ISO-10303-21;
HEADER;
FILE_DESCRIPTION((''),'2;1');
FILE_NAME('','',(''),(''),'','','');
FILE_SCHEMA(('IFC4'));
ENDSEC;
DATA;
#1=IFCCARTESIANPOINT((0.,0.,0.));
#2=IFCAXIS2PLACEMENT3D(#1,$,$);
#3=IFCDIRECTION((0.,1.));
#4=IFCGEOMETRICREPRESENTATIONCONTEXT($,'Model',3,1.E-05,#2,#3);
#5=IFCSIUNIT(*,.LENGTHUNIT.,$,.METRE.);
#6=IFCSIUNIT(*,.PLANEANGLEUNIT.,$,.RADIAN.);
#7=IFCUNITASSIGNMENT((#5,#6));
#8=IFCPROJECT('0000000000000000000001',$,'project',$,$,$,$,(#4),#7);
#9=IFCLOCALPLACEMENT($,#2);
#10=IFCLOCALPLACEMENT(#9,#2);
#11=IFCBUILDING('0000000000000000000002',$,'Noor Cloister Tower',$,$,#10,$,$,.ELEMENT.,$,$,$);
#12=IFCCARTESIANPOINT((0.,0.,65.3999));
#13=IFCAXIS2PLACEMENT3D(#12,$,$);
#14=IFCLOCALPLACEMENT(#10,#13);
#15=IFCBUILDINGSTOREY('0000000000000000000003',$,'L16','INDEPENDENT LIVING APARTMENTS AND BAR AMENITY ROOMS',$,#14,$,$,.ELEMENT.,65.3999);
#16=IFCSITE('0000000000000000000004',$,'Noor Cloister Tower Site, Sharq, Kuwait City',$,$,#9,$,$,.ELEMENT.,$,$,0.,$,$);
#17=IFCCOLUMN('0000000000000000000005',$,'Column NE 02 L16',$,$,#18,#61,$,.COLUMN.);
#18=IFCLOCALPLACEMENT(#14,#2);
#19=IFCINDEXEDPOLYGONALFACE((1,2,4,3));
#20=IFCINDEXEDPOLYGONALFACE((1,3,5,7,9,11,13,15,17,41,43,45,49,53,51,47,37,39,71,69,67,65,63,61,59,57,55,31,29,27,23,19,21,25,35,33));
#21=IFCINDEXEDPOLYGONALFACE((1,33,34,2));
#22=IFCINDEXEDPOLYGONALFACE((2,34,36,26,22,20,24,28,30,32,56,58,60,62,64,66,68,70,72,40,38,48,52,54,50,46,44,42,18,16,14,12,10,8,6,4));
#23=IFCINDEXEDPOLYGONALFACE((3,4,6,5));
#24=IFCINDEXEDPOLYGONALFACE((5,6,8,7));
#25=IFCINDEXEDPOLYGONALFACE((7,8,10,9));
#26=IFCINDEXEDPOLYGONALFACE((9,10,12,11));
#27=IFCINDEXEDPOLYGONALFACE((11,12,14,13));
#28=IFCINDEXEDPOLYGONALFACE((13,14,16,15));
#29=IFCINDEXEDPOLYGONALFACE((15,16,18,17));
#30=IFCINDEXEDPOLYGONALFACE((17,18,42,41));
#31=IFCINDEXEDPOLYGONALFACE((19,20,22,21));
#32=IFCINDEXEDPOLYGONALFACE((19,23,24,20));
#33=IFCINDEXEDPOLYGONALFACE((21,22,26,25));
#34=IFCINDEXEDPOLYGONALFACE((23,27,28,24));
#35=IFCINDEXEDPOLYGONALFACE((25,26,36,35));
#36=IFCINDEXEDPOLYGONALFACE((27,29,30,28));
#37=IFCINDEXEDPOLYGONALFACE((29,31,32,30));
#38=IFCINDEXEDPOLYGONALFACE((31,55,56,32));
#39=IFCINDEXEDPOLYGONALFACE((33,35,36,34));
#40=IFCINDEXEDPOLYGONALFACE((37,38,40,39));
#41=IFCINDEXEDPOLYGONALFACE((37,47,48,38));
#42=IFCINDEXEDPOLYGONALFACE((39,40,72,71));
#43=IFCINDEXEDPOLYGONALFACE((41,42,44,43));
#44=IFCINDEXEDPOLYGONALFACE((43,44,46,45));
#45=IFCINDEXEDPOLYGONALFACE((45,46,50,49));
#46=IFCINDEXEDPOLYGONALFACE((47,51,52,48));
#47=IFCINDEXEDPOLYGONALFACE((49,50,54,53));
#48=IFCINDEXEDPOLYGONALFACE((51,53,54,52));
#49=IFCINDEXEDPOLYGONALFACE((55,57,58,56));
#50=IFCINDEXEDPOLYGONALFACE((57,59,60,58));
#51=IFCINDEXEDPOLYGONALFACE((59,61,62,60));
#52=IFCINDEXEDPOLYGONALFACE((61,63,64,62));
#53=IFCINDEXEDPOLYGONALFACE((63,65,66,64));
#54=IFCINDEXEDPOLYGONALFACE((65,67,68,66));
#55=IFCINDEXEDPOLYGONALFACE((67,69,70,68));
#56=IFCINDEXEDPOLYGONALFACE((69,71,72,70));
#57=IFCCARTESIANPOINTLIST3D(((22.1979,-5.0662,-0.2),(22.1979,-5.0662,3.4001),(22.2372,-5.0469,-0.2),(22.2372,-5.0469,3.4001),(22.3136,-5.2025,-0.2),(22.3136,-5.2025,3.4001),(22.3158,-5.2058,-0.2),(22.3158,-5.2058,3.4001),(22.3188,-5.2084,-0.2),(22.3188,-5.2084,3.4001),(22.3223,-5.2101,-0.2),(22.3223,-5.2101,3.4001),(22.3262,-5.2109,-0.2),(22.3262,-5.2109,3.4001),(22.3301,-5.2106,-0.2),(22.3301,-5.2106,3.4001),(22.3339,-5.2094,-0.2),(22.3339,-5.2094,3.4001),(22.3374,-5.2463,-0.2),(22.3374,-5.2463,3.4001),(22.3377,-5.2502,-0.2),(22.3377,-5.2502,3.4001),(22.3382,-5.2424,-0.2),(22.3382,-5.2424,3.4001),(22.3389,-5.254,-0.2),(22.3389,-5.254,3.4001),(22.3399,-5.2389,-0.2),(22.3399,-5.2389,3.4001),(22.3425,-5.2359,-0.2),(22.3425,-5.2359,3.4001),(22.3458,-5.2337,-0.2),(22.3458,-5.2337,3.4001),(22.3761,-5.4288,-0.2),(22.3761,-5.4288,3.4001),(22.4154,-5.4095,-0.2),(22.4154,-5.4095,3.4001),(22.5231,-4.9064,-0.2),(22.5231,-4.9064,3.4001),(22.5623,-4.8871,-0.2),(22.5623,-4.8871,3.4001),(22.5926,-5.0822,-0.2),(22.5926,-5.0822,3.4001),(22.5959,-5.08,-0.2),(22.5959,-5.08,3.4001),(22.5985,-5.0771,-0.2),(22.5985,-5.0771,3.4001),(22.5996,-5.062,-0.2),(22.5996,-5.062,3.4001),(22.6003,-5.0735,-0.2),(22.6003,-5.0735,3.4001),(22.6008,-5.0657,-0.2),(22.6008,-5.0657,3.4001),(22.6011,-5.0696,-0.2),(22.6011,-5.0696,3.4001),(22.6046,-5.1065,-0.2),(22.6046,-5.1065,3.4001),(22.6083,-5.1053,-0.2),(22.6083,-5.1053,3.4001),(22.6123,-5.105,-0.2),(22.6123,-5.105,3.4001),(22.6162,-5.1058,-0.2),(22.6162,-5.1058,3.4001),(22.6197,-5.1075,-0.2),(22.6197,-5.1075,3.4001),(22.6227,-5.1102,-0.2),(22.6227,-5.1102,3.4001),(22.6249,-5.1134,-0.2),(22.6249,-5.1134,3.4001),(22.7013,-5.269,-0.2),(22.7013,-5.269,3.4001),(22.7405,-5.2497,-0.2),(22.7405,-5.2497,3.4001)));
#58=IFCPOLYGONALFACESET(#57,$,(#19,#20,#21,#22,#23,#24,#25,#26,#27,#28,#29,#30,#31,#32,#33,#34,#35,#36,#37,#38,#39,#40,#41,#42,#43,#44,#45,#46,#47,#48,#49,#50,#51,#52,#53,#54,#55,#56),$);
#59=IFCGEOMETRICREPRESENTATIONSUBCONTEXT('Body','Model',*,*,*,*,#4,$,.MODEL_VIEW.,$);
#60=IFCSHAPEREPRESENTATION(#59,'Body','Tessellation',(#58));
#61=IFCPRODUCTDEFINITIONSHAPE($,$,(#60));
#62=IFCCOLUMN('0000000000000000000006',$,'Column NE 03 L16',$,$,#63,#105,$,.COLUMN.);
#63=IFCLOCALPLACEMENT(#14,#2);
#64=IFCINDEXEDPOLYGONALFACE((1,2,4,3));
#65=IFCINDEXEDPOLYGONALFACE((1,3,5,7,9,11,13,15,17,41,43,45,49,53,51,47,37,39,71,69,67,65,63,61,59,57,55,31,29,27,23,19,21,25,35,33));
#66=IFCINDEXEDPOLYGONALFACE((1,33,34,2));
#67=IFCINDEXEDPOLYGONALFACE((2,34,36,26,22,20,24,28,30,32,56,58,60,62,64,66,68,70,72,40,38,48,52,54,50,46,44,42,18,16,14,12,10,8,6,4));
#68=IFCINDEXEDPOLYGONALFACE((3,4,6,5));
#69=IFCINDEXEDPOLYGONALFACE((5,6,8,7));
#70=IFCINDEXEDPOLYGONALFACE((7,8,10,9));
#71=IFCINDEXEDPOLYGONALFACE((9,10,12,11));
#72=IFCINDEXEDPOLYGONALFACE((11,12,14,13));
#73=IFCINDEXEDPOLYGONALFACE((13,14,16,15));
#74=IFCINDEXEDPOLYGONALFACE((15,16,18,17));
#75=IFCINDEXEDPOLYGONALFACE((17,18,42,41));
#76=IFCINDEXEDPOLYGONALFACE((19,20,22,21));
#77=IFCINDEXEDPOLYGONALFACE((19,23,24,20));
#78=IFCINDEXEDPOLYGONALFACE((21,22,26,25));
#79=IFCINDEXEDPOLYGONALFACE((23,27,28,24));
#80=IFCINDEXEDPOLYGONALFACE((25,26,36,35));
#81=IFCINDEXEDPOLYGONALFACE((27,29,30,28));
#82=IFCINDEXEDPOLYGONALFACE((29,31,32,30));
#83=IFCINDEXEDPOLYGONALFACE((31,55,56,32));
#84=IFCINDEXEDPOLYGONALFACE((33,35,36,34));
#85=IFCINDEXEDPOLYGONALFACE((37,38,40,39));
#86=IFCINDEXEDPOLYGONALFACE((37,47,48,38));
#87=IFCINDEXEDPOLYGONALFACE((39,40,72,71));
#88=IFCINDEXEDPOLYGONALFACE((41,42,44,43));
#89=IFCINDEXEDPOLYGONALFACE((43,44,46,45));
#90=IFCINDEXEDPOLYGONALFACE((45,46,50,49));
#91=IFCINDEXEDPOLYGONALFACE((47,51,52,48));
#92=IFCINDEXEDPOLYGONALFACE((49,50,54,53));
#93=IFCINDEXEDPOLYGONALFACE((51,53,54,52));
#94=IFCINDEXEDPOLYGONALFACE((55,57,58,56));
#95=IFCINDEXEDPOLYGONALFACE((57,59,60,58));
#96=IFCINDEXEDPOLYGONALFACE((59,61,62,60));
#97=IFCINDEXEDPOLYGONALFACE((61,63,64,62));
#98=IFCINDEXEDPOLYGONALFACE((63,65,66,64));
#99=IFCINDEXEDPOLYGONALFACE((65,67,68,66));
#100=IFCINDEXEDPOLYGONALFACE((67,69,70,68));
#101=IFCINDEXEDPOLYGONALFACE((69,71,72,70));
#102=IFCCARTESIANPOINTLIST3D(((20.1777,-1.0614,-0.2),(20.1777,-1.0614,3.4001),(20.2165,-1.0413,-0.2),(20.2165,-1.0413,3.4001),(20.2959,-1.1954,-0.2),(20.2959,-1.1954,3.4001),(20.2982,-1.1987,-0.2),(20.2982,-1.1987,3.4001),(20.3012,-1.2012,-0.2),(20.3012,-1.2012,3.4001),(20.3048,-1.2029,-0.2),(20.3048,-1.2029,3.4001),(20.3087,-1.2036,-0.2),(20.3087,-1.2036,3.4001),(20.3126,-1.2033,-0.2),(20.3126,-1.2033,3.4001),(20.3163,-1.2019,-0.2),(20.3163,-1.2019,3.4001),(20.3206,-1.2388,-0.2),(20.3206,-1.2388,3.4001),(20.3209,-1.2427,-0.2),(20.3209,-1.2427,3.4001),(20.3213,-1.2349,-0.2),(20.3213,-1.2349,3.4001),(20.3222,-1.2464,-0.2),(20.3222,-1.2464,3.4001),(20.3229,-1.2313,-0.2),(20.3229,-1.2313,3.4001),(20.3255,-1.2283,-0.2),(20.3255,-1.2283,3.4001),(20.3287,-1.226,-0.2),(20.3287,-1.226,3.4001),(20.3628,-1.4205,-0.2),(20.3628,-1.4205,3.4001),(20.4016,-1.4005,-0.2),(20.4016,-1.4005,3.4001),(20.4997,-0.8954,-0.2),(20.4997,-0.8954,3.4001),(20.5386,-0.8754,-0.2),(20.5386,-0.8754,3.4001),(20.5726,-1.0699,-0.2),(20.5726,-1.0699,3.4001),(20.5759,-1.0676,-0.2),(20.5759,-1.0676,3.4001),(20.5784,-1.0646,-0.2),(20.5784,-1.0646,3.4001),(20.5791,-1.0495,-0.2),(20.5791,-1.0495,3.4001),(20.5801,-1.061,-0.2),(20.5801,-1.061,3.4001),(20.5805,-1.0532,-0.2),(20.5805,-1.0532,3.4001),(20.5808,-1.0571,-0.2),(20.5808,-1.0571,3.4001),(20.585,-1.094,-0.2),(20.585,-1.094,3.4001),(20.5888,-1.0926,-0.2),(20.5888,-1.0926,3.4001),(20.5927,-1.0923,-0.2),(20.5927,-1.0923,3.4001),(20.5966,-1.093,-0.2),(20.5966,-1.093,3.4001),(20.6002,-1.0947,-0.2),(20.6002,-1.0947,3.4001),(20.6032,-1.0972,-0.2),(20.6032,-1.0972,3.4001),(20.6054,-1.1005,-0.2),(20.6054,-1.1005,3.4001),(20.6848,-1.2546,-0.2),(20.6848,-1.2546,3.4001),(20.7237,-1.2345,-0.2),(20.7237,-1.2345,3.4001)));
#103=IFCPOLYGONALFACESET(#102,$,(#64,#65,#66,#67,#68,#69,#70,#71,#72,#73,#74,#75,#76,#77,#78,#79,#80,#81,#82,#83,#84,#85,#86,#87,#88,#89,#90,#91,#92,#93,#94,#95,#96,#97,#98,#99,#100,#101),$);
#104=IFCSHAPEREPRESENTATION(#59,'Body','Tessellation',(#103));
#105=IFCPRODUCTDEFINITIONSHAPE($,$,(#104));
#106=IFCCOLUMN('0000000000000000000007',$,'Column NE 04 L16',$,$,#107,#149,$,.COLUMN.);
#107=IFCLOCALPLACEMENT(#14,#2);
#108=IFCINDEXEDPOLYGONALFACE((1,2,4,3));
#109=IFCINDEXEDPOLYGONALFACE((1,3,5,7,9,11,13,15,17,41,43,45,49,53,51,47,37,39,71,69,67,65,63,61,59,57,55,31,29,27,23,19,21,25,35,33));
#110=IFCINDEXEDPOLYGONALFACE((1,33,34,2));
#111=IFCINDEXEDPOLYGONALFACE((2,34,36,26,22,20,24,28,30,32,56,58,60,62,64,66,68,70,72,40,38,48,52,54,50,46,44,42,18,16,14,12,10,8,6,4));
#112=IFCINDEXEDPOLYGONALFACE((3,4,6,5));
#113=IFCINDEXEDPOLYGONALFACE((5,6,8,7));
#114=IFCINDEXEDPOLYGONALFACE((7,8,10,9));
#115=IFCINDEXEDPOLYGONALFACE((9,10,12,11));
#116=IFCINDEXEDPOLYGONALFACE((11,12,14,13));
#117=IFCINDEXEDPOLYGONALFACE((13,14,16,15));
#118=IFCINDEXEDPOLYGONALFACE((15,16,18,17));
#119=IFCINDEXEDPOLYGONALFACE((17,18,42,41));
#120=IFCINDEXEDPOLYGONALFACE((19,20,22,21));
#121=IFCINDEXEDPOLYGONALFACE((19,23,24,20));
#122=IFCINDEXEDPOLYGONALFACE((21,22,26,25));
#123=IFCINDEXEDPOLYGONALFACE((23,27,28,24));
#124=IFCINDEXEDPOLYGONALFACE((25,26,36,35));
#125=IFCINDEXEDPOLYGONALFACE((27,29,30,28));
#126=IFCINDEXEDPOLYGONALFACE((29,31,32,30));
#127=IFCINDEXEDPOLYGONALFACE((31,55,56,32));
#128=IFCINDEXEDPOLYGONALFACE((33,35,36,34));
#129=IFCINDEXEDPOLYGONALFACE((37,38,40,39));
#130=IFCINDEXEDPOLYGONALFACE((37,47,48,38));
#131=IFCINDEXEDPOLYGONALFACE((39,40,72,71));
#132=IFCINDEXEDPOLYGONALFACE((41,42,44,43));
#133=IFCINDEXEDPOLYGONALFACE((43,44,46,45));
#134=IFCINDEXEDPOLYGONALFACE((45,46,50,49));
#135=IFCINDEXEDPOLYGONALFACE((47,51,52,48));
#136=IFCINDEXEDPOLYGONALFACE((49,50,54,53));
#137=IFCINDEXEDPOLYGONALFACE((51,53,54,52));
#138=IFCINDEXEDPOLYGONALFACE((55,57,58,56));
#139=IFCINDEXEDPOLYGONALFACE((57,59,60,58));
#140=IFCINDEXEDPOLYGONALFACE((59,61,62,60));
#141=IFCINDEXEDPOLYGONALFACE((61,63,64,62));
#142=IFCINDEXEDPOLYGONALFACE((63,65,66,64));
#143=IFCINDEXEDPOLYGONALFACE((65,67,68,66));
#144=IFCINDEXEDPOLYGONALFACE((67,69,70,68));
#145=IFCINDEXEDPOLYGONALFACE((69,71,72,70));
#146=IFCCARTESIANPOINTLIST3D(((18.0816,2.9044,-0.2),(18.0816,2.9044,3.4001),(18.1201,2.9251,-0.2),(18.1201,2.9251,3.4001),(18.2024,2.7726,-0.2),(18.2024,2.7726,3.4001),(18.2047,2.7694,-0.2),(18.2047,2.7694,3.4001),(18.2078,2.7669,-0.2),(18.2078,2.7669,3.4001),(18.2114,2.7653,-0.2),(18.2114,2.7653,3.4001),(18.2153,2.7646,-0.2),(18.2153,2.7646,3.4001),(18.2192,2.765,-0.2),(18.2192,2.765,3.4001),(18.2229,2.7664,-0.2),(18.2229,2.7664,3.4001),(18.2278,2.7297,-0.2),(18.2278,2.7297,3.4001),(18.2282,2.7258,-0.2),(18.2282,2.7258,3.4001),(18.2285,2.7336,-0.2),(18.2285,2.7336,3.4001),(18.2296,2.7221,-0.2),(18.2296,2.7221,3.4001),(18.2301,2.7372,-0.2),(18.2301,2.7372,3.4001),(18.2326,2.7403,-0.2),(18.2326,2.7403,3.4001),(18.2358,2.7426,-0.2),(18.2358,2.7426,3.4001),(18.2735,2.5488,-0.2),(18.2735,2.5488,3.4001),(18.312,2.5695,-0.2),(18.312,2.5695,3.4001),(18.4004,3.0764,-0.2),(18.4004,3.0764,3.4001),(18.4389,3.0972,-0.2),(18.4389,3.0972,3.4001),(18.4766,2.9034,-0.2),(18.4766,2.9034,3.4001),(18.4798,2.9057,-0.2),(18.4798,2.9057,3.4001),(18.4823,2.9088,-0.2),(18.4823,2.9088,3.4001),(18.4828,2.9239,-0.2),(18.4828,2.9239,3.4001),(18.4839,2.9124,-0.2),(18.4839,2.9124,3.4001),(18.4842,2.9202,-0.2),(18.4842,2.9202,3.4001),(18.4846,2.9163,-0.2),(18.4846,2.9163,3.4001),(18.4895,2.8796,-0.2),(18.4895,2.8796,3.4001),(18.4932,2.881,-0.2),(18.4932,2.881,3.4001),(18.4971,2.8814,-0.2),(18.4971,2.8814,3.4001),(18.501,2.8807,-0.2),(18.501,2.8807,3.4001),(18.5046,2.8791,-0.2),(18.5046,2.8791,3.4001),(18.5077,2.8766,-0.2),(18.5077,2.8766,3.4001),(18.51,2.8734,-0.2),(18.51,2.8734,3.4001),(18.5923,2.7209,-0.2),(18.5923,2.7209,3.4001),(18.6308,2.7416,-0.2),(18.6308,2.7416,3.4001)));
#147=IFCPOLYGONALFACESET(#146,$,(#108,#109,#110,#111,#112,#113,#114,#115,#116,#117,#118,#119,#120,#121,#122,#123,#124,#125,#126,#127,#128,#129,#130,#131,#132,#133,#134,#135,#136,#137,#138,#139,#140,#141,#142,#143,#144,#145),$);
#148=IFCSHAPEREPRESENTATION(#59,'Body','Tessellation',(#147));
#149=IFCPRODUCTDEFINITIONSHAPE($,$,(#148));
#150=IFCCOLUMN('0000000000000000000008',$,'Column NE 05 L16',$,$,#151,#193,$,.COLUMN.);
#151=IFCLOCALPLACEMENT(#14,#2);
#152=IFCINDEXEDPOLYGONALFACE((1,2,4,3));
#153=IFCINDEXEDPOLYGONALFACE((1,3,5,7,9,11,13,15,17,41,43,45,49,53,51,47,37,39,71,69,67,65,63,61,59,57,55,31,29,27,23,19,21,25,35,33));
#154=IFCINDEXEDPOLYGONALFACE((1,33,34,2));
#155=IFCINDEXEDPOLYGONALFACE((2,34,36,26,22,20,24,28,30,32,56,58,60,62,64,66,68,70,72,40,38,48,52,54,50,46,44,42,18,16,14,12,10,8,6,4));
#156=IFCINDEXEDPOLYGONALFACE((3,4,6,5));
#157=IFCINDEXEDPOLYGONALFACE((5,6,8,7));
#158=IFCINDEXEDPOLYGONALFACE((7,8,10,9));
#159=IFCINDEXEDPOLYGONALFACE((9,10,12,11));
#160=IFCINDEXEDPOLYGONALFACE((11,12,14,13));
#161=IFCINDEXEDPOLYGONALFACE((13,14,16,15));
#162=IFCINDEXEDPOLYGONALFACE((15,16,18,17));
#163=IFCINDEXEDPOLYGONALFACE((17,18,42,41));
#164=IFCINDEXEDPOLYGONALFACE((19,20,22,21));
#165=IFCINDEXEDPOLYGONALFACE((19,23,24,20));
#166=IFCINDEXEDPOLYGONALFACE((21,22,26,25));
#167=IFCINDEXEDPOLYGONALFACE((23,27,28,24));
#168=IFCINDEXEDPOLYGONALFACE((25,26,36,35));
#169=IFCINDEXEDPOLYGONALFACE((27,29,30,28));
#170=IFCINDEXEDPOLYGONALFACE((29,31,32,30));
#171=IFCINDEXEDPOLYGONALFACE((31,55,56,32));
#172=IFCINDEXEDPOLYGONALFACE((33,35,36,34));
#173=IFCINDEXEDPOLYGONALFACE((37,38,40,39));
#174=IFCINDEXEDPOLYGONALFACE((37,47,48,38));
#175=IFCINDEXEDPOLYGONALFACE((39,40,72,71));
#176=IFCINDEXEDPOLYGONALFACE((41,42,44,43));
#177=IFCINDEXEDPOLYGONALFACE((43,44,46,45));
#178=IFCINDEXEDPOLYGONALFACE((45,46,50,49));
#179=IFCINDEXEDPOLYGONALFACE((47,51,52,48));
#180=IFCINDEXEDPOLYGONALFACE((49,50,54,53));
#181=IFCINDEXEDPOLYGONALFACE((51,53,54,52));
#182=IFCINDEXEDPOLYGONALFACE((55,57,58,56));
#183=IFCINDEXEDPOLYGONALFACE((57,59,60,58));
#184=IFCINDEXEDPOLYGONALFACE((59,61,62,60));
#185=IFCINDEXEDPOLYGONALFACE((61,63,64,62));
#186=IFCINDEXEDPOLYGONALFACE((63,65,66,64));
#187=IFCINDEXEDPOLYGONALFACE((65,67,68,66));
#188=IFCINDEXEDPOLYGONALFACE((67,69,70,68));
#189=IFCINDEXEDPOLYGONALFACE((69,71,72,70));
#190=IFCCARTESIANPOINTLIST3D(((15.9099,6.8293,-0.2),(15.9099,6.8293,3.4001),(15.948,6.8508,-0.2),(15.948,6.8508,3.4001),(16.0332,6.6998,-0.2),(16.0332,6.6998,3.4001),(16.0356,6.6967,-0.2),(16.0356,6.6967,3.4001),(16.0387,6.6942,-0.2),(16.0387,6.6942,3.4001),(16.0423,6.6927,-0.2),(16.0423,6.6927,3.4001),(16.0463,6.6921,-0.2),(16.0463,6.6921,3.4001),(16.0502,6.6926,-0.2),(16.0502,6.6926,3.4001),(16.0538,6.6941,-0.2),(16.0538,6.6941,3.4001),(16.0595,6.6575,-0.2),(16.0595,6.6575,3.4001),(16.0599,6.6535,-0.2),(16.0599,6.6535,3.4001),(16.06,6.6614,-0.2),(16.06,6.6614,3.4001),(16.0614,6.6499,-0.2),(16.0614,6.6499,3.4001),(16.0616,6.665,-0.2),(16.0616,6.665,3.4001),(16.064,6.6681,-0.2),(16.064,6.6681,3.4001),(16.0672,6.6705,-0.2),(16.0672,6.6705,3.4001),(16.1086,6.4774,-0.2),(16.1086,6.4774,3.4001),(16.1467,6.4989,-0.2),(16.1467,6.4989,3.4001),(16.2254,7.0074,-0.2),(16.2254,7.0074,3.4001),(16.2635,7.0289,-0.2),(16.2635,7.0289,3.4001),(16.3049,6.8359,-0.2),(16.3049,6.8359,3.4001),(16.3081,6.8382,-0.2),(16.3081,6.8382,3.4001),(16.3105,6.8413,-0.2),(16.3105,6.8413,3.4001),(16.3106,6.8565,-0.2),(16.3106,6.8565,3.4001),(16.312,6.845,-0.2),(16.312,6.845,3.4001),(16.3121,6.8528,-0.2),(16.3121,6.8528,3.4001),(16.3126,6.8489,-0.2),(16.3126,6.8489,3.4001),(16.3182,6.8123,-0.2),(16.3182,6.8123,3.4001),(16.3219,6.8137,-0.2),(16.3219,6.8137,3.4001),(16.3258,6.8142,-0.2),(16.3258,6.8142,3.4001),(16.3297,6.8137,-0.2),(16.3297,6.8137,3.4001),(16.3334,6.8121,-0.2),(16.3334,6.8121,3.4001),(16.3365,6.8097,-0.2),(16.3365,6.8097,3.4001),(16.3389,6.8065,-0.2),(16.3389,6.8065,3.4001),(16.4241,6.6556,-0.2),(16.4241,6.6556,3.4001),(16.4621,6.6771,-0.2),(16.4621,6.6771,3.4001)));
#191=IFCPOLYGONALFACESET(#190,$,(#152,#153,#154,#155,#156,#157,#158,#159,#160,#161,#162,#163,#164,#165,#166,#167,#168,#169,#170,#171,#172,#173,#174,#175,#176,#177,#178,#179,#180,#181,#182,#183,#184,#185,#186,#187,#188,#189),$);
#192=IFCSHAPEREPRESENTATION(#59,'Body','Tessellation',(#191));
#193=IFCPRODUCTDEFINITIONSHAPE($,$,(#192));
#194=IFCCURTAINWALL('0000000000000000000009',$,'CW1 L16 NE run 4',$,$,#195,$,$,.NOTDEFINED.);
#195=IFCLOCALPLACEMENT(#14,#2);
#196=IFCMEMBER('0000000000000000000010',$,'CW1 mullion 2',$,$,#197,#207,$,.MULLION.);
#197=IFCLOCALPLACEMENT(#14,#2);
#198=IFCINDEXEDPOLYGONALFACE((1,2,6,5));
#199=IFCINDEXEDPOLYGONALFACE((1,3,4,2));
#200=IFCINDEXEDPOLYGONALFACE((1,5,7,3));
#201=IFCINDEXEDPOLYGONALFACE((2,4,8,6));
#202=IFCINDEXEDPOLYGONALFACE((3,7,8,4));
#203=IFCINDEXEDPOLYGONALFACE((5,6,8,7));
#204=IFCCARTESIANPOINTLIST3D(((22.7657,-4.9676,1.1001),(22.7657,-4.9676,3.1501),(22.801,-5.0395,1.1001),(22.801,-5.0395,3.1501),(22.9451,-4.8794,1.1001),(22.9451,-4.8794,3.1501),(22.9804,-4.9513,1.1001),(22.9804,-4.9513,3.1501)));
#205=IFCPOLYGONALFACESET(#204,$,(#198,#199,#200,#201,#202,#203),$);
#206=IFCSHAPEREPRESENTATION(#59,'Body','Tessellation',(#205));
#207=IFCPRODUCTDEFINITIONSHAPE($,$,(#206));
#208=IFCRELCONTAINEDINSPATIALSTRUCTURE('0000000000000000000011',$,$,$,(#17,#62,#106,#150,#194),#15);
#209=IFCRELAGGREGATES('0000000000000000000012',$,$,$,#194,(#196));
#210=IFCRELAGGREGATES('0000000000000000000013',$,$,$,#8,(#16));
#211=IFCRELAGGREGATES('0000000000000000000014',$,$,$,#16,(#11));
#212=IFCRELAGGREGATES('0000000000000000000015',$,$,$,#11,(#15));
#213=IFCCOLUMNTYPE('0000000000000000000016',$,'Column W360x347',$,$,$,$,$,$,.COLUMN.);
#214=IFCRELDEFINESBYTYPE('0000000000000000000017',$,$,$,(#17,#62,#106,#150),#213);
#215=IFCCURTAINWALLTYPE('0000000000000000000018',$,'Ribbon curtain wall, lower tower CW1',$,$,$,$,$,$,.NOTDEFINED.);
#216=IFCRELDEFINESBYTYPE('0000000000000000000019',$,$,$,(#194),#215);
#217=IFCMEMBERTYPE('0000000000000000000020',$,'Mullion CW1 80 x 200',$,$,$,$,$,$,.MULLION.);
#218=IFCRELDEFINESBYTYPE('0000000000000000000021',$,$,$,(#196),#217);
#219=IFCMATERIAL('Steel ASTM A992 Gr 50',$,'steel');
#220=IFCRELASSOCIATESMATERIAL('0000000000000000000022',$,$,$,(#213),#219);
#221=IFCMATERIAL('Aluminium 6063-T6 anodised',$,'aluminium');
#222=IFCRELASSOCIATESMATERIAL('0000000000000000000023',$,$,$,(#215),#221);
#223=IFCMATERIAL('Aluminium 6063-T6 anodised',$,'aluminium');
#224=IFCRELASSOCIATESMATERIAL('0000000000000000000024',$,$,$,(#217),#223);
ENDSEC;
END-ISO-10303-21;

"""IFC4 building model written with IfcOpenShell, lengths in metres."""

from ifc_helpers import new_model, si_unit, direction, frame, origin, origin_2d, place, context, subcontext, project, spatial, rectangle, i_section, extrude, material, material_profile, profile_set, type_object, element, aggregate, save


model = new_model("IFC4")

# Units and contexts
model_context = context("Model", 3, precision=1e-05, world=origin(), true_north=direction((0.0, 1.0)))
body_context = subcontext(model_context, "Body", "Model", "MODEL_VIEW")
ifc_project = project(units=[si_unit("LENGTHUNIT", "METRE"), si_unit("PLANEANGLEUNIT", "RADIAN")], contexts=[model_context])

# Site, building, storey
site_placement = place(None, origin())
site = spatial("IfcSite", under=ifc_project, at=site_placement, Name="Noor Cloister Tower Site, Sharq, Kuwait City", CompositionType="ELEMENT", RefElevation=0.0)
building_placement = place(site_placement, origin())
building = spatial("IfcBuilding", under=site, at=building_placement, Name="Noor Cloister Tower", CompositionType="ELEMENT")
storey_placement = place(building_placement, frame((0.0, 0.0, 65.3999)))
storey = spatial("IfcBuildingStorey", under=building, at=storey_placement, Name="L16", Description="INDEPENDENT LIVING APARTMENTS AND BAR AMENITY ROOMS", CompositionType="ELEMENT", Elevation=65.3999)

# Columns
ifc_material_1 = material(Name="Steel ASTM A992 Gr 50", Category="steel")
ifc_material_profile_1 = material_profile(ifc_material_1, i_section(OverallWidth=0.4041, OverallDepth=0.406, WebThickness=0.0271, FlangeThickness=0.0437, FilletRadius=0.0151, at=origin_2d()), Name="W360x347")
ifc_profile_set_1 = profile_set([ifc_material_profile_1], Name="Steel ASTM A992 Gr 50")
column_type = type_object("IfcColumnType", Name="Column W360x347", PredefinedType="COLUMN", material=ifc_profile_set_1)
for number, where, z_axis, x_axis, name in (
    (1, (22.4692, -5.158, -0.2), (0.0, 0.0, 1.0), (-0.441044, 0.897485, 0.0), "Column NE 02 L16"),
    (2, (20.4507, -1.1479, -0.2), (0.0, 0.0, 1.0), (-0.458101, 0.8889, 0.0), "Column NE 03 L16"),
    (3, (18.3562, 2.823, -0.2), (0.0, 0.0, 1.0), (-0.474991, 0.87999, 0.0), "Column NE 04 L16"),
    (4, (16.186, 6.7532, -0.2), (0.0, 0.0, 1.0), (-0.491708, 0.87076, 0.0), "Column NE 05 L16"),
):
    element("IfcColumn", number, at=place(storey_placement, frame(where, z_axis=z_axis, x_axis=x_axis)), inside=storey, type_object=column_type, Name=name, PredefinedType="COLUMN", context=body_context, shape_type="SweptSolid", body=[
        extrude(i_section(OverallWidth=0.4041, OverallDepth=0.406, WebThickness=0.0271, FlangeThickness=0.0437, FilletRadius=0.0151, at=origin_2d()), origin(), (0.0, 0.0, 1.0), 3.6001),
    ])

# Curtain wall, member
ifc_material_2 = material(Name="Aluminium 6063-T6 anodised", Category="aluminium")
curtain_wall_type = type_object("IfcCurtainWallType", Name="Ribbon curtain wall, lower tower CW1", PredefinedType="NOTDEFINED", material=ifc_material_2)
curtain_wall_placement = place(storey_placement, origin())
curtain_wall = element("IfcCurtainWall", 5, at=curtain_wall_placement, inside=storey, type_object=curtain_wall_type, Name="CW1 L16 NE run 4", PredefinedType="NOTDEFINED")
ifc_material_3 = material(Name="Aluminium 6063-T6 anodised", Category="aluminium")
ifc_material_profile_2 = material_profile(ifc_material_3, rectangle(XDim=0.2, YDim=0.0801, at=origin_2d()), Name="200 x 80 mullion")
ifc_profile_set_2 = profile_set([ifc_material_profile_2], Name="Aluminium 6063-T6 anodised")
member_type = type_object("IfcMemberType", Name="Mullion CW1 80 x 200", PredefinedType="MULLION", material=ifc_profile_set_2)
member_1_placement = place(storey_placement, frame((22.873, -4.9595, 1.1001), z_axis=(0.0, 0.0, 1.0), x_axis=(-0.897485, -0.441044, 0.0)))
member_1 = element("IfcMember", 6, at=member_1_placement, type_object=member_type, Name="CW1 mullion 2", PredefinedType="MULLION", context=body_context, shape_type="SweptSolid", body=[
    extrude(rectangle(XDim=0.2, YDim=0.0801, at=origin_2d()), origin(), (0.0, 0.0, 1.0), 2.05),
])

aggregate(curtain_wall, [member_1])

save(model, "model.ifc")
